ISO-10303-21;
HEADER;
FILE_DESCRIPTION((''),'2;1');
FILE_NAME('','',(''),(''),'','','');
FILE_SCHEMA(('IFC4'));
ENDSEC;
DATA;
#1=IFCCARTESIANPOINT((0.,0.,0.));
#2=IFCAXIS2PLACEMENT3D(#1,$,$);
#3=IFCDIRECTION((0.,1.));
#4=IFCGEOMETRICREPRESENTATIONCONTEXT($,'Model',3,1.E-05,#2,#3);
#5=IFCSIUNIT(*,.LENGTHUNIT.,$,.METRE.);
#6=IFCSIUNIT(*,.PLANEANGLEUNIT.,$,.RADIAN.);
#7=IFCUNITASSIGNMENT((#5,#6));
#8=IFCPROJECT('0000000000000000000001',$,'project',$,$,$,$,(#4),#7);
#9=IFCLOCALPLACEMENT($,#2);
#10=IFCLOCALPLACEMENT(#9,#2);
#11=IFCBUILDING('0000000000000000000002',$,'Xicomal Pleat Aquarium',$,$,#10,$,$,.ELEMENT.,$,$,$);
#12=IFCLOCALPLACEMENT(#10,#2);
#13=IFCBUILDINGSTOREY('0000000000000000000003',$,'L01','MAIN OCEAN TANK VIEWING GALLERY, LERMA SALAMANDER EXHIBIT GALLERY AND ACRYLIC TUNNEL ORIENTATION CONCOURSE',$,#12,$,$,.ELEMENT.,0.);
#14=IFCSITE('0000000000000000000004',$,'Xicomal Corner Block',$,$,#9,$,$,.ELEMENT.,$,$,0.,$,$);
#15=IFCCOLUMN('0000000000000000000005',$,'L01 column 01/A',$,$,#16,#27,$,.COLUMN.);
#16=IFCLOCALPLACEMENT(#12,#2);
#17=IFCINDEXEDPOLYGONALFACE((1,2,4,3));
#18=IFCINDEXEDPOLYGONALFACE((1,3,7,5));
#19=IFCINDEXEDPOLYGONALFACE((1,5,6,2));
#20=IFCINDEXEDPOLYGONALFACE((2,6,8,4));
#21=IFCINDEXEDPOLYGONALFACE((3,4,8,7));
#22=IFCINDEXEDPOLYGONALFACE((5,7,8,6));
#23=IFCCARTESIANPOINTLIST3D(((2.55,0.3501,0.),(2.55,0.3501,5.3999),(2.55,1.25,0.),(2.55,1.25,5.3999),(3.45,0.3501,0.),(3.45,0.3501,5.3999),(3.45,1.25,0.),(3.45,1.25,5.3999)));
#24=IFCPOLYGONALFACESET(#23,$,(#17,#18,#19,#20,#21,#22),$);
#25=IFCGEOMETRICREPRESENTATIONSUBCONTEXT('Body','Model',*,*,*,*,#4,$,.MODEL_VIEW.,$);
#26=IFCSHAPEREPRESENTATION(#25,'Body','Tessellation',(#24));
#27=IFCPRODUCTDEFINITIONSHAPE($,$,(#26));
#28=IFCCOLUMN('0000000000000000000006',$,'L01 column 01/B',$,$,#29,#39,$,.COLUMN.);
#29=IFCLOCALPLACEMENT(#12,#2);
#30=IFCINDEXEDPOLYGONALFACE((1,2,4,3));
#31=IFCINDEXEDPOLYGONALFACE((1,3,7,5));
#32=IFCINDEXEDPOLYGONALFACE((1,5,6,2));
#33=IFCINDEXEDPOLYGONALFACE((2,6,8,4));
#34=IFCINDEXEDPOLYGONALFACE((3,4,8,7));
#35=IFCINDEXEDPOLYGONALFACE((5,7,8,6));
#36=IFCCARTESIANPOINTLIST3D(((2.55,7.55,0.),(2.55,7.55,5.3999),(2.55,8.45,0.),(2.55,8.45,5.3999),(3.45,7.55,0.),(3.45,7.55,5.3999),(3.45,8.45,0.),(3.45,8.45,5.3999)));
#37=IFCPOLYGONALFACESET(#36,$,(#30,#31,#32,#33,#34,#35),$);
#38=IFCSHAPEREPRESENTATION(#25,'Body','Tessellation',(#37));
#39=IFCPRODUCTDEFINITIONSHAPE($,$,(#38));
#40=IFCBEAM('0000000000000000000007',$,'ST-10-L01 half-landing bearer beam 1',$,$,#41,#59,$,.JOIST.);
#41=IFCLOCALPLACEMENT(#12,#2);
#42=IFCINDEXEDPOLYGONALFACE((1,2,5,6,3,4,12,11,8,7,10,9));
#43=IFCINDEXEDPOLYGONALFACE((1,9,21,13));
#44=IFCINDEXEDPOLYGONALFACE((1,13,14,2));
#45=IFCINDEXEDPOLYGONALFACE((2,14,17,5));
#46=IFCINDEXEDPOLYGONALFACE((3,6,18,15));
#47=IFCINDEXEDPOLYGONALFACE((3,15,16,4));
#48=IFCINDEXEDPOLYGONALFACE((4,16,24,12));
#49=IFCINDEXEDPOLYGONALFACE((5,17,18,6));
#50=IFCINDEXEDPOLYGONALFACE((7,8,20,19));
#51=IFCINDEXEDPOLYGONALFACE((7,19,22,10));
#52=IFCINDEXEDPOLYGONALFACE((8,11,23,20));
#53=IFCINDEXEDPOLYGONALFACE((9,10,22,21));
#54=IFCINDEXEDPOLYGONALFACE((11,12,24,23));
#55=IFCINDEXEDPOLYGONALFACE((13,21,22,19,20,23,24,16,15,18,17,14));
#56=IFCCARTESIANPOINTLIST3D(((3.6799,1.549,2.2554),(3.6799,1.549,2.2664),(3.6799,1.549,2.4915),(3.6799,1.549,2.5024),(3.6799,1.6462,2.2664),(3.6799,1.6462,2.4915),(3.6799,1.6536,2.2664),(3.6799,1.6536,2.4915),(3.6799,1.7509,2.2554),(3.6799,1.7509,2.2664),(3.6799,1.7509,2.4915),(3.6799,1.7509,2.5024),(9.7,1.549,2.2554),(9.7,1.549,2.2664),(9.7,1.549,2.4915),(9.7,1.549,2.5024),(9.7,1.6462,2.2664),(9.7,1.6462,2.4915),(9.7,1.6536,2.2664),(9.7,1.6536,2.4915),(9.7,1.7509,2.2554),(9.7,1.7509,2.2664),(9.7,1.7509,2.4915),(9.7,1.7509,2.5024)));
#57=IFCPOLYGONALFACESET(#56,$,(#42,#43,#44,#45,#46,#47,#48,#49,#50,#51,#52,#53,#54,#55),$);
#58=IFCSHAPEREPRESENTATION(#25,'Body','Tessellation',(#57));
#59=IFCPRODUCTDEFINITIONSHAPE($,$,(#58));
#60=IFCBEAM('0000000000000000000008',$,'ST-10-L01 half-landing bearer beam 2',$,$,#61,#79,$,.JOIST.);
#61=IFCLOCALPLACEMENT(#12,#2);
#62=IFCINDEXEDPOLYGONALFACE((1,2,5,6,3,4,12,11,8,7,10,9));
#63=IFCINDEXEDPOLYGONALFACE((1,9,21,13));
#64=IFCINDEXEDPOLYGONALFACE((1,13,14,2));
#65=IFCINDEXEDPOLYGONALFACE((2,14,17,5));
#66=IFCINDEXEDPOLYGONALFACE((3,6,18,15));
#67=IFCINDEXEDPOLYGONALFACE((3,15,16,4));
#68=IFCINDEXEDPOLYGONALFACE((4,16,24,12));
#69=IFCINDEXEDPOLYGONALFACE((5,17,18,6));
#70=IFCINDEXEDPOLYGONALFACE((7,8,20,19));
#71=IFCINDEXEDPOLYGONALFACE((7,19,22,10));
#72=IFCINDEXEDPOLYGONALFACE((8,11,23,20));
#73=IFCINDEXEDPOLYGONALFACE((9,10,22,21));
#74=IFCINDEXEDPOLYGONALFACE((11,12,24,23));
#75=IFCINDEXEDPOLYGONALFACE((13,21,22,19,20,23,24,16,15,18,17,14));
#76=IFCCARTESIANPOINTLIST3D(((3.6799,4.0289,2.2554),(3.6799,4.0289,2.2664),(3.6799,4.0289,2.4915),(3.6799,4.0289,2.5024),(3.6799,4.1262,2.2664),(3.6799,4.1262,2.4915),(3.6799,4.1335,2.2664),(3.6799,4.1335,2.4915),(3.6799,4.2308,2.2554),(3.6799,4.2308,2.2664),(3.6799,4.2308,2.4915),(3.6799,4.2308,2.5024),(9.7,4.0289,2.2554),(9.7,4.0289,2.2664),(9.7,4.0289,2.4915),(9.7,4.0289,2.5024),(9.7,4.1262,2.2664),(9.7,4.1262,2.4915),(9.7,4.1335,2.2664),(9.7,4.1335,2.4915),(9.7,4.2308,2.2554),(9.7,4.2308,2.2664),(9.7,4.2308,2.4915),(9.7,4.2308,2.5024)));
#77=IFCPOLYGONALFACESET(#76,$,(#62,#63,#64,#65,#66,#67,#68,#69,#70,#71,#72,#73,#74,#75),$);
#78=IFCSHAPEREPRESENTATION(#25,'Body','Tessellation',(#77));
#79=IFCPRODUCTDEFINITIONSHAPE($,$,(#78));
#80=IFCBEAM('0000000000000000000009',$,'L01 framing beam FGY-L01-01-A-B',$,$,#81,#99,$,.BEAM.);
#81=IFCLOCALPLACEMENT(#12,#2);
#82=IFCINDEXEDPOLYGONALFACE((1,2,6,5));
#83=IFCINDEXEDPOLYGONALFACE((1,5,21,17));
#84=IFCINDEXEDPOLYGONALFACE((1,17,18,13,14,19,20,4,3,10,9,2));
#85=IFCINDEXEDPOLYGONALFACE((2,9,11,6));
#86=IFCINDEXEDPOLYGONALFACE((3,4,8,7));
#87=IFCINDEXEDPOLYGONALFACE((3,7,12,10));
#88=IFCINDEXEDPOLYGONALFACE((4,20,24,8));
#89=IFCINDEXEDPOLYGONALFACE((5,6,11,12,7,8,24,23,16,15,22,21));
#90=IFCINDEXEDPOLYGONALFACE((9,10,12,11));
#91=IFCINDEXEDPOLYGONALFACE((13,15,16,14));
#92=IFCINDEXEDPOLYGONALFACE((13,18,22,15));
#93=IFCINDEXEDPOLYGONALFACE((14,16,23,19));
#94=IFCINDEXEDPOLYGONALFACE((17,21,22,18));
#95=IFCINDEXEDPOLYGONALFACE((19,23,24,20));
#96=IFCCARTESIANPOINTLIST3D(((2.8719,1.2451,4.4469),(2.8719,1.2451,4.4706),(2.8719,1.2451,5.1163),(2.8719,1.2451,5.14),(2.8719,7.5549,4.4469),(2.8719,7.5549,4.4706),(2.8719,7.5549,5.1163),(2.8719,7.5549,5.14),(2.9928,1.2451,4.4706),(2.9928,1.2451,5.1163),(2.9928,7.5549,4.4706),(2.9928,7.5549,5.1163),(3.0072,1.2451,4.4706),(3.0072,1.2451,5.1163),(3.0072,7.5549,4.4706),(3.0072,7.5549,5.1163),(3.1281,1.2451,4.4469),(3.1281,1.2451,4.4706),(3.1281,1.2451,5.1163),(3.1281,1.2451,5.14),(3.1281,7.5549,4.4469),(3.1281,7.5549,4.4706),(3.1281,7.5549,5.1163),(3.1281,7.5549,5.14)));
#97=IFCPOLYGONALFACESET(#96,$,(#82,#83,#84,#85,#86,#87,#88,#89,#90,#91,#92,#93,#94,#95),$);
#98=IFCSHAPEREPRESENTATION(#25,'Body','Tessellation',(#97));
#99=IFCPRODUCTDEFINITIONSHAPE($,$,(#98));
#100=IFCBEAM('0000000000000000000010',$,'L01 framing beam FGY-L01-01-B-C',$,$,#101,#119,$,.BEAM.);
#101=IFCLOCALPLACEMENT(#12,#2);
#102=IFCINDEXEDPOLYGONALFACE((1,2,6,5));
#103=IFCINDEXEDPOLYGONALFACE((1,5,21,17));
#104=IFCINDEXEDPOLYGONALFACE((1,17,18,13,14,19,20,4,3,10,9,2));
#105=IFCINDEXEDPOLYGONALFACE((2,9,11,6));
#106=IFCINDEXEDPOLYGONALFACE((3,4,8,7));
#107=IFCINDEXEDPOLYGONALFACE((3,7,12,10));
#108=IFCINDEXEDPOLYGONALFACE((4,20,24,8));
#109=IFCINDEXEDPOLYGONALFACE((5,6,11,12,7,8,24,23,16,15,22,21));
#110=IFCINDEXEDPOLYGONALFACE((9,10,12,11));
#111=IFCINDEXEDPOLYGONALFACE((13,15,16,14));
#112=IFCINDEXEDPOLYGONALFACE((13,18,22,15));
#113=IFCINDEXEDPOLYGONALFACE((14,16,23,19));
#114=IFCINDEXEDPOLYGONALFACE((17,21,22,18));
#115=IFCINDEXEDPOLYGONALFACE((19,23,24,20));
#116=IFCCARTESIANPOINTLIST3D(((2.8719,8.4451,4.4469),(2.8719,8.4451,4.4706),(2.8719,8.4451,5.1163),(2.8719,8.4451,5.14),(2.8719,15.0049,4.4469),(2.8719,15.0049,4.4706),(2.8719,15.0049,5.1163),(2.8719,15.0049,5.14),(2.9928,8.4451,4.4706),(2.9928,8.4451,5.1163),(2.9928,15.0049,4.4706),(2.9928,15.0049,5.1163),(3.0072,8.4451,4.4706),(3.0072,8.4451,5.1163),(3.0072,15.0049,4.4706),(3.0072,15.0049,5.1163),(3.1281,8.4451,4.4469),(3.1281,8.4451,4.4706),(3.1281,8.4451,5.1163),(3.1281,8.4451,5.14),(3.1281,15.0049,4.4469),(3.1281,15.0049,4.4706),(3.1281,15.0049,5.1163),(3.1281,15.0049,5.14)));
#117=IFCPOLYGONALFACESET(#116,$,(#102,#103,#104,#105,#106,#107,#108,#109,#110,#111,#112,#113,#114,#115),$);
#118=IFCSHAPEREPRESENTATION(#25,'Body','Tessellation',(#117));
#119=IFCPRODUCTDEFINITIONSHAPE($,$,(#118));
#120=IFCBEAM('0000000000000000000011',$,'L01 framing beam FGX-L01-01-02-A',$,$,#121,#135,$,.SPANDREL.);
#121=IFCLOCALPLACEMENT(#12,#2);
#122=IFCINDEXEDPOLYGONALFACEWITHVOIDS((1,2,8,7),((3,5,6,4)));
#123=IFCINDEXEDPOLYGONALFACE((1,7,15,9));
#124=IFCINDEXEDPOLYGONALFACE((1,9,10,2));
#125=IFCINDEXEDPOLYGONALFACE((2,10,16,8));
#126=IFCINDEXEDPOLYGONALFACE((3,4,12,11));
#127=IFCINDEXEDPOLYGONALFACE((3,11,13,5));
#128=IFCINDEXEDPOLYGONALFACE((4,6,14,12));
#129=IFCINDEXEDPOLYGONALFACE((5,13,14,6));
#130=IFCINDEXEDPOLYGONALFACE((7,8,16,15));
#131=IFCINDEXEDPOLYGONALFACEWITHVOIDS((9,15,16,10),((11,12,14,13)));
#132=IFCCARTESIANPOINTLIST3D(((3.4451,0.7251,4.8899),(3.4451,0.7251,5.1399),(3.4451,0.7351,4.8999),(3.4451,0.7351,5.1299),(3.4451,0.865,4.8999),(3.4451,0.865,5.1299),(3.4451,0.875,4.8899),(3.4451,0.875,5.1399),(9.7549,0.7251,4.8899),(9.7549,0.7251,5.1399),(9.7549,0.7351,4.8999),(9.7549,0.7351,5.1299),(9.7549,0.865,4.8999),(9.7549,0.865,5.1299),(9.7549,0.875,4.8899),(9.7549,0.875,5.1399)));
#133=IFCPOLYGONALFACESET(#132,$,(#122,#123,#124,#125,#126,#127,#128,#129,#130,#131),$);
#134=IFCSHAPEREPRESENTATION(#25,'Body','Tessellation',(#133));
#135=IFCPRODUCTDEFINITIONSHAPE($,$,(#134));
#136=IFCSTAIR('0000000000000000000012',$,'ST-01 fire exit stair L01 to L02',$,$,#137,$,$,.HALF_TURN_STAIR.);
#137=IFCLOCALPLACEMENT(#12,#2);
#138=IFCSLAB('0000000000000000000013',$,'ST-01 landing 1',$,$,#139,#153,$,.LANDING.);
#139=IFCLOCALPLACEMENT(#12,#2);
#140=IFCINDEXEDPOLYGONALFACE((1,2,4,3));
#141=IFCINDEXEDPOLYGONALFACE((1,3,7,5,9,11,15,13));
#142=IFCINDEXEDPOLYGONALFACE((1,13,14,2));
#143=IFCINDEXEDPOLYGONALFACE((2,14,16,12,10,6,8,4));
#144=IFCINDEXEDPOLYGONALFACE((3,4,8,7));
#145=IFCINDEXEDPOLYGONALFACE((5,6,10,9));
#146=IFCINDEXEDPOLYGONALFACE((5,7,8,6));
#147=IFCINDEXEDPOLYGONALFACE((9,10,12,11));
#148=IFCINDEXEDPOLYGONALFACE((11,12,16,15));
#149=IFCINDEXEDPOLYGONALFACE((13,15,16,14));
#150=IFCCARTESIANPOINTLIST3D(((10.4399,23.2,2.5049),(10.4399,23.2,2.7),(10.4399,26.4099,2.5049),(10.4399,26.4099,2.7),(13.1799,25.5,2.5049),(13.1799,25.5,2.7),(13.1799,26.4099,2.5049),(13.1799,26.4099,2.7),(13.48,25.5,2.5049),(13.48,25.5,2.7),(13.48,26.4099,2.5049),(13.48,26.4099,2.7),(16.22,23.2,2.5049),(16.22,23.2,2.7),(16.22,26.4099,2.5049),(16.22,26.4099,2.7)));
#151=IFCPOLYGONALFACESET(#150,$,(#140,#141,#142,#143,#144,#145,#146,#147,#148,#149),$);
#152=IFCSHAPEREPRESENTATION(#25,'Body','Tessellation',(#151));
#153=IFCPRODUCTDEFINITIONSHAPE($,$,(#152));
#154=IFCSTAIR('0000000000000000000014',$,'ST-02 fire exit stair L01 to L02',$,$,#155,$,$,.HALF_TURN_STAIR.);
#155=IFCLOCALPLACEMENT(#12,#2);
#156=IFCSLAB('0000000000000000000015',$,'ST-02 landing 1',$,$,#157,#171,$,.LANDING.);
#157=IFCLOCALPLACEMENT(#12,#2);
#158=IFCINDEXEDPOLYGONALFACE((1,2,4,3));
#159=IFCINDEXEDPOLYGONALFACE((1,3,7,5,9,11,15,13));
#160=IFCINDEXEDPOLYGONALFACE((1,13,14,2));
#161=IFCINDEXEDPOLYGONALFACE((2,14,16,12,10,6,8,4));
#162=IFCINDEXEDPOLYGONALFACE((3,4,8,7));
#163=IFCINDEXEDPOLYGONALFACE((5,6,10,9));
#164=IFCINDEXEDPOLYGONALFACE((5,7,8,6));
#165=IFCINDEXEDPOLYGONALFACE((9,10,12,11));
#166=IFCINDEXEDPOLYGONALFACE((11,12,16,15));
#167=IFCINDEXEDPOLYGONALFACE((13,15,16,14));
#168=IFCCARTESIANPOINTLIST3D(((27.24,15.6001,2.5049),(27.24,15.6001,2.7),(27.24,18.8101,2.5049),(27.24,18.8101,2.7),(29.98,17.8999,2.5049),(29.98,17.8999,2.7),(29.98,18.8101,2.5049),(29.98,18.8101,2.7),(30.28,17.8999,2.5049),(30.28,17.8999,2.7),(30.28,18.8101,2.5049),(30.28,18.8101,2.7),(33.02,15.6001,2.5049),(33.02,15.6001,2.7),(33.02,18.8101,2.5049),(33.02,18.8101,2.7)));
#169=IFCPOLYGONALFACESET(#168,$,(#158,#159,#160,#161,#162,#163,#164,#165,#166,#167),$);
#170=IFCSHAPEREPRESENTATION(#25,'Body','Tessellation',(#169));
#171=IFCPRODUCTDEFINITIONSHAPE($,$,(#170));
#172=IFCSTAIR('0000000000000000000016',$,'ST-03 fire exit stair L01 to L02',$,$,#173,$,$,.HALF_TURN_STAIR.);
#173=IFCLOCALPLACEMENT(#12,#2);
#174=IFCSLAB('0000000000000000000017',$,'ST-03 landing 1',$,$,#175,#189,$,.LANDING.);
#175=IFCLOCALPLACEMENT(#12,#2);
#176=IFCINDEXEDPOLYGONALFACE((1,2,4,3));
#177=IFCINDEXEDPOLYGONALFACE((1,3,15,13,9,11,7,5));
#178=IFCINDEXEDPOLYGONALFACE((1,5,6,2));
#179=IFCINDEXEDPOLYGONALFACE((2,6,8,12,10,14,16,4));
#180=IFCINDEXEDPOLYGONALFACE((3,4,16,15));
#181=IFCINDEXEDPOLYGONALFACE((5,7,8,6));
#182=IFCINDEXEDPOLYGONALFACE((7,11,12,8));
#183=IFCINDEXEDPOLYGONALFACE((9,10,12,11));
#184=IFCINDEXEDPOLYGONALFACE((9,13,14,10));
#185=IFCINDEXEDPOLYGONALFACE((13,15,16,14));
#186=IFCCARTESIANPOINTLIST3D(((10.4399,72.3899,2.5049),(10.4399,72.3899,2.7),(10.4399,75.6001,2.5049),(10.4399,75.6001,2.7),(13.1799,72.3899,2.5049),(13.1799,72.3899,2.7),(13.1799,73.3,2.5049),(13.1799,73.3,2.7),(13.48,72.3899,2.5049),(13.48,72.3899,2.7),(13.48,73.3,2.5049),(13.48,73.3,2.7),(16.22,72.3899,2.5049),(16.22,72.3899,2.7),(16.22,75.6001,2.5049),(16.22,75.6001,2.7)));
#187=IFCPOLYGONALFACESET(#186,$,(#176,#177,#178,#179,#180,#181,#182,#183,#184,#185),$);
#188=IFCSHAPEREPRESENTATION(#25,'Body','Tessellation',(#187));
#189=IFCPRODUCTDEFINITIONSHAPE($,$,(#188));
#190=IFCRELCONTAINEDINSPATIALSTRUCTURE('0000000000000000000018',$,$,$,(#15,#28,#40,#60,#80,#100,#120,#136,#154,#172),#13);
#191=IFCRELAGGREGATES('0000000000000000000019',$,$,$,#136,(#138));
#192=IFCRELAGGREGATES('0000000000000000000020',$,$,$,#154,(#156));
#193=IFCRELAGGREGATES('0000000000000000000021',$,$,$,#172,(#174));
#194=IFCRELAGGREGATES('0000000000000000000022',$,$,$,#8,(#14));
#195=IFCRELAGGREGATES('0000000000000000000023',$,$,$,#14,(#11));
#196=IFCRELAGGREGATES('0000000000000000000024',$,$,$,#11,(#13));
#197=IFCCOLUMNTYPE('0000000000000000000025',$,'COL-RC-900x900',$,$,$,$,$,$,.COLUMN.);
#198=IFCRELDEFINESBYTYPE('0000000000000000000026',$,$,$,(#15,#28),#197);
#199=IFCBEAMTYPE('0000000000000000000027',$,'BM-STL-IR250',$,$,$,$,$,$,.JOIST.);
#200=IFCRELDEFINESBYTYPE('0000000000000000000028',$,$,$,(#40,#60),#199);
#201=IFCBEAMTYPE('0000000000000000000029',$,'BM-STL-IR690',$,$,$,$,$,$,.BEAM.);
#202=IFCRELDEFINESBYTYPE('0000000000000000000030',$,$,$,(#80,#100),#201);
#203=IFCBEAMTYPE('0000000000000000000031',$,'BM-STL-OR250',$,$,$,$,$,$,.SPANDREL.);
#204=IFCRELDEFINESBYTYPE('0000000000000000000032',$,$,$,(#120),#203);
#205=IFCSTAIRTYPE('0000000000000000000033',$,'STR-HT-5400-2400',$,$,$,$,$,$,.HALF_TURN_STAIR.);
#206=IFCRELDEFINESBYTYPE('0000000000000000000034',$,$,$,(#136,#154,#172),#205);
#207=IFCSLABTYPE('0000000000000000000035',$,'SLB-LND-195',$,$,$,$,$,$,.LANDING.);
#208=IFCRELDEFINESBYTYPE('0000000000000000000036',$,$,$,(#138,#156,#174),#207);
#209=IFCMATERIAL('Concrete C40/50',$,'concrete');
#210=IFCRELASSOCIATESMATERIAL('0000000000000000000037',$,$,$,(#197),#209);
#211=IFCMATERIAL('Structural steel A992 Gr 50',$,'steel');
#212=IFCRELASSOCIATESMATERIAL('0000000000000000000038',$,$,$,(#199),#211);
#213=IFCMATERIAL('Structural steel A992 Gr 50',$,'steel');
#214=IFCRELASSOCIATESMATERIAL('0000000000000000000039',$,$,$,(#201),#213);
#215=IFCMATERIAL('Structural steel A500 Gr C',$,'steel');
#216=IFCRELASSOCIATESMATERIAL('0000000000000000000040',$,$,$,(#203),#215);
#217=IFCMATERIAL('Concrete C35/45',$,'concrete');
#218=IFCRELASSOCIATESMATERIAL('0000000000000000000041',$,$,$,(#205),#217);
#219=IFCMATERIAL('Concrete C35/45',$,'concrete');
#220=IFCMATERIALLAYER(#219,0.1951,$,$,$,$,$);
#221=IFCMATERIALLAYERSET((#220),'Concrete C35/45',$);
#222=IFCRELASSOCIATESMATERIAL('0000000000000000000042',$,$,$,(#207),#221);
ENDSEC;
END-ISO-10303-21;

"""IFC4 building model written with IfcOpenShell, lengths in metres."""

from ifc_helpers import new_model, si_unit, direction, frame, origin, origin_2d, place, context, subcontext, project, spatial, polyline, rectangle, hollow_rectangle, i_section, outline, extrude, material, layer, layer_set, material_profile, profile_set, type_object, element, aggregate, save


model = new_model("IFC4")

# Units and contexts
model_context = context("Model", 3, precision=1e-05, world=origin(), true_north=direction((0.0, 1.0)))
body_context = subcontext(model_context, "Body", "Model", "MODEL_VIEW")
ifc_project = project(units=[si_unit("LENGTHUNIT", "METRE"), si_unit("PLANEANGLEUNIT", "RADIAN")], contexts=[model_context])

# Site, building, storey
site_placement = place(None, origin())
site = spatial("IfcSite", under=ifc_project, at=site_placement, Name="Xicomal Corner Block", CompositionType="ELEMENT", RefElevation=0.0)
building_placement = place(site_placement, origin())
building = spatial("IfcBuilding", under=site, at=building_placement, Name="Xicomal Pleat Aquarium", CompositionType="ELEMENT")
storey_placement = place(building_placement, origin())
storey = spatial("IfcBuildingStorey", under=building, at=storey_placement, Name="L01", Description="MAIN OCEAN TANK VIEWING GALLERY, LERMA SALAMANDER EXHIBIT GALLERY AND ACRYLIC TUNNEL ORIENTATION CONCOURSE", CompositionType="ELEMENT", Elevation=0.0)

# Columns
ifc_material_1 = material(Name="Concrete C40/50", Category="concrete")
ifc_material_profile_1 = material_profile(ifc_material_1, rectangle(XDim=0.8999, YDim=0.8999, at=origin_2d()), Name="RC 900x900")
ifc_profile_set_1 = profile_set([ifc_material_profile_1], Name="Concrete C40/50")
column_type = type_object("IfcColumnType", Name="COL-RC-900x900", PredefinedType="COLUMN", material=ifc_profile_set_1)
for number, where, z_axis, x_axis, name in (
    (1, (3.0, 0.8, 0.0), (0.0, 0.0, 1.0), (1.0, 0.0, 0.0), "L01 column 01/A"),
    (2, (3.0, 8.0, 0.0), (0.0, 0.0, 1.0), (1.0, 0.0, 0.0), "L01 column 01/B"),
):
    element("IfcColumn", number, at=place(storey_placement, frame(where, z_axis=z_axis, x_axis=x_axis)), inside=storey, type_object=column_type, Name=name, PredefinedType="COLUMN", context=body_context, shape_type="SweptSolid", body=[
        extrude(rectangle(XDim=0.8999, YDim=0.8999, at=origin_2d()), origin(), (0.0, 0.0, 1.0), 5.3999),
    ])

# Beams
ifc_material_2 = material(Name="Structural steel A992 Gr 50", Category="steel")
ifc_material_profile_2 = material_profile(ifc_material_2, i_section(OverallWidth=0.2019, OverallDepth=0.2471, WebThickness=0.0073, FlangeThickness=0.011, at=origin_2d()), Name="IR 250x49")
ifc_profile_set_2 = profile_set([ifc_material_profile_2], Name="Structural steel A992 Gr 50")
beam_type_1 = type_object("IfcBeamType", Name="BM-STL-IR250", PredefinedType="JOIST", material=ifc_profile_set_2)
for number, where, z_axis, x_axis, name in (
    (3, (3.6799, 1.6499, 2.3789), (1.0, 0.0, 0.0), (0.0, 1.0, 0.0), "ST-10-L01 half-landing bearer beam 1"),
    (4, (3.6799, 4.1299, 2.3789), (1.0, 0.0, 0.0), (0.0, 1.0, 0.0), "ST-10-L01 half-landing bearer beam 2"),
):
    element("IfcBeam", number, at=place(storey_placement, frame(where, z_axis=z_axis, x_axis=x_axis)), inside=storey, type_object=beam_type_1, Name=name, PredefinedType="JOIST", context=body_context, shape_type="SweptSolid", body=[
        extrude(i_section(OverallWidth=0.2019, OverallDepth=0.2471, WebThickness=0.0073, FlangeThickness=0.011, at=origin_2d()), origin(), (0.0, 0.0, 1.0), 6.02),
    ])
ifc_material_3 = material(Name="Structural steel A992 Gr 50", Category="steel")
ifc_material_profile_3 = material_profile(ifc_material_3, i_section(OverallWidth=0.2561, OverallDepth=0.6931, WebThickness=0.0144, FlangeThickness=0.0237, at=origin_2d()), Name="IR 690x170")
ifc_profile_set_3 = profile_set([ifc_material_profile_3], Name="Structural steel A992 Gr 50")
beam_type_2 = type_object("IfcBeamType", Name="BM-STL-IR690", PredefinedType="BEAM", material=ifc_profile_set_3)
beam_1_placement = place(storey_placement, frame((3.0, 1.2451, 4.7935), z_axis=(0.0, 1.0, 0.0), x_axis=(-1.0, 0.0, 0.0)))
element("IfcBeam", 5, at=beam_1_placement, inside=storey, type_object=beam_type_2, Name="L01 framing beam FGY-L01-01-A-B", PredefinedType="BEAM", context=body_context, shape_type="SweptSolid", body=[
    extrude(i_section(OverallWidth=0.2561, OverallDepth=0.6931, WebThickness=0.0144, FlangeThickness=0.0237, at=origin_2d()), origin(), (0.0, 0.0, 1.0), 6.3098),
])
beam_2_placement = place(storey_placement, frame((3.0, 8.4451, 4.7935), z_axis=(0.0, 1.0, 0.0), x_axis=(-1.0, 0.0, 0.0)))
element("IfcBeam", 6, at=beam_2_placement, inside=storey, type_object=beam_type_2, Name="L01 framing beam FGY-L01-01-B-C", PredefinedType="BEAM", context=body_context, shape_type="SweptSolid", body=[
    extrude(i_section(OverallWidth=0.2561, OverallDepth=0.6931, WebThickness=0.0144, FlangeThickness=0.0237, at=origin_2d()), origin(), (0.0, 0.0, 1.0), 6.5598),
])
ifc_material_4 = material(Name="Structural steel A500 Gr C", Category="steel")
ifc_material_profile_4 = material_profile(ifc_material_4, hollow_rectangle(XDim=0.1499, YDim=0.25, WallThickness=0.01, at=origin_2d()), Name="OR 250x150x10")
ifc_profile_set_4 = profile_set([ifc_material_profile_4], Name="Structural steel A500 Gr C")
beam_type_3 = type_object("IfcBeamType", Name="BM-STL-OR250", PredefinedType="SPANDREL", material=ifc_profile_set_4)
beam_3_placement = place(storey_placement, frame((3.4451, 0.8, 5.0149), z_axis=(1.0, 0.0, 0.0), x_axis=(0.0, 1.0, 0.0)))
element("IfcBeam", 7, at=beam_3_placement, inside=storey, type_object=beam_type_3, Name="L01 framing beam FGX-L01-01-02-A", PredefinedType="SPANDREL", context=body_context, shape_type="SweptSolid", body=[
    extrude(hollow_rectangle(XDim=0.1499, YDim=0.25, WallThickness=0.01, at=origin_2d()), origin(), (0.0, 0.0, 1.0), 6.3098),
])

# Stairs, slabs
ifc_material_5 = material(Name="Concrete C35/45", Category="concrete")
stair_type = type_object("IfcStairType", Name="STR-HT-5400-2400", PredefinedType="HALF_TURN_STAIR", material=ifc_material_5)
stair_1_placement = place(storey_placement, origin())
stair_1 = element("IfcStair", 8, at=stair_1_placement, inside=storey, type_object=stair_type, Name="ST-01 fire exit stair L01 to L02", PredefinedType="HALF_TURN_STAIR")
ifc_material_6 = material(Name="Concrete C35/45", Category="concrete")
ifc_layer_1 = layer(ifc_material_6, 0.1951)
ifc_layer_set_1 = layer_set([ifc_layer_1], Name="Concrete C35/45")
slab_type = type_object("IfcSlabType", Name="SLB-LND-195", PredefinedType="LANDING", material=ifc_layer_set_1)
slab_1_placement = place(storey_placement, frame((0.0, 0.0, 2.5049)))
slab_1 = element("IfcSlab", 9, at=slab_1_placement, type_object=slab_type, Name="ST-01 landing 1", PredefinedType="LANDING", context=body_context, shape_type="SweptSolid", body=[
    extrude(outline(polyline([(10.4399, 23.2), (16.22, 23.2), (16.22, 26.4099), (13.48, 26.4099), (13.48, 25.5), (13.1799, 25.5), (13.1799, 26.4099), (10.4399, 26.4099), (10.4399, 23.2)])), origin(), (0.0, 0.0, 1.0), 0.1951),
])
aggregate(stair_1, [slab_1])
stair_2_placement = place(storey_placement, origin())
stair_2 = element("IfcStair", 10, at=stair_2_placement, inside=storey, type_object=stair_type, Name="ST-02 fire exit stair L01 to L02", PredefinedType="HALF_TURN_STAIR")
slab_2_placement = place(storey_placement, frame((0.0, 0.0, 2.5049)))
slab_2 = element("IfcSlab", 11, at=slab_2_placement, type_object=slab_type, Name="ST-02 landing 1", PredefinedType="LANDING", context=body_context, shape_type="SweptSolid", body=[
    extrude(outline(polyline([(27.24, 15.6001), (33.02, 15.6001), (33.02, 18.8101), (30.28, 18.8101), (30.28, 17.8999), (29.98, 17.8999), (29.98, 18.8101), (27.24, 18.8101), (27.24, 15.6001)])), origin(), (0.0, 0.0, 1.0), 0.1951),
])
aggregate(stair_2, [slab_2])
stair_3_placement = place(storey_placement, origin())
stair_3 = element("IfcStair", 12, at=stair_3_placement, inside=storey, type_object=stair_type, Name="ST-03 fire exit stair L01 to L02", PredefinedType="HALF_TURN_STAIR")
slab_3_placement = place(storey_placement, frame((0.0, 0.0, 2.5049)))
slab_3 = element("IfcSlab", 13, at=slab_3_placement, type_object=slab_type, Name="ST-03 landing 1", PredefinedType="LANDING", context=body_context, shape_type="SweptSolid", body=[
    extrude(outline(polyline([(10.4399, 75.6001), (16.22, 75.6001), (16.22, 72.3899), (13.48, 72.3899), (13.48, 73.3), (13.1799, 73.3), (13.1799, 72.3899), (10.4399, 72.3899), (10.4399, 75.6001)])), origin(), (0.0, 0.0, 1.0), 0.1951),
])
aggregate(stair_3, [slab_3])

save(model, "model.ifc")
